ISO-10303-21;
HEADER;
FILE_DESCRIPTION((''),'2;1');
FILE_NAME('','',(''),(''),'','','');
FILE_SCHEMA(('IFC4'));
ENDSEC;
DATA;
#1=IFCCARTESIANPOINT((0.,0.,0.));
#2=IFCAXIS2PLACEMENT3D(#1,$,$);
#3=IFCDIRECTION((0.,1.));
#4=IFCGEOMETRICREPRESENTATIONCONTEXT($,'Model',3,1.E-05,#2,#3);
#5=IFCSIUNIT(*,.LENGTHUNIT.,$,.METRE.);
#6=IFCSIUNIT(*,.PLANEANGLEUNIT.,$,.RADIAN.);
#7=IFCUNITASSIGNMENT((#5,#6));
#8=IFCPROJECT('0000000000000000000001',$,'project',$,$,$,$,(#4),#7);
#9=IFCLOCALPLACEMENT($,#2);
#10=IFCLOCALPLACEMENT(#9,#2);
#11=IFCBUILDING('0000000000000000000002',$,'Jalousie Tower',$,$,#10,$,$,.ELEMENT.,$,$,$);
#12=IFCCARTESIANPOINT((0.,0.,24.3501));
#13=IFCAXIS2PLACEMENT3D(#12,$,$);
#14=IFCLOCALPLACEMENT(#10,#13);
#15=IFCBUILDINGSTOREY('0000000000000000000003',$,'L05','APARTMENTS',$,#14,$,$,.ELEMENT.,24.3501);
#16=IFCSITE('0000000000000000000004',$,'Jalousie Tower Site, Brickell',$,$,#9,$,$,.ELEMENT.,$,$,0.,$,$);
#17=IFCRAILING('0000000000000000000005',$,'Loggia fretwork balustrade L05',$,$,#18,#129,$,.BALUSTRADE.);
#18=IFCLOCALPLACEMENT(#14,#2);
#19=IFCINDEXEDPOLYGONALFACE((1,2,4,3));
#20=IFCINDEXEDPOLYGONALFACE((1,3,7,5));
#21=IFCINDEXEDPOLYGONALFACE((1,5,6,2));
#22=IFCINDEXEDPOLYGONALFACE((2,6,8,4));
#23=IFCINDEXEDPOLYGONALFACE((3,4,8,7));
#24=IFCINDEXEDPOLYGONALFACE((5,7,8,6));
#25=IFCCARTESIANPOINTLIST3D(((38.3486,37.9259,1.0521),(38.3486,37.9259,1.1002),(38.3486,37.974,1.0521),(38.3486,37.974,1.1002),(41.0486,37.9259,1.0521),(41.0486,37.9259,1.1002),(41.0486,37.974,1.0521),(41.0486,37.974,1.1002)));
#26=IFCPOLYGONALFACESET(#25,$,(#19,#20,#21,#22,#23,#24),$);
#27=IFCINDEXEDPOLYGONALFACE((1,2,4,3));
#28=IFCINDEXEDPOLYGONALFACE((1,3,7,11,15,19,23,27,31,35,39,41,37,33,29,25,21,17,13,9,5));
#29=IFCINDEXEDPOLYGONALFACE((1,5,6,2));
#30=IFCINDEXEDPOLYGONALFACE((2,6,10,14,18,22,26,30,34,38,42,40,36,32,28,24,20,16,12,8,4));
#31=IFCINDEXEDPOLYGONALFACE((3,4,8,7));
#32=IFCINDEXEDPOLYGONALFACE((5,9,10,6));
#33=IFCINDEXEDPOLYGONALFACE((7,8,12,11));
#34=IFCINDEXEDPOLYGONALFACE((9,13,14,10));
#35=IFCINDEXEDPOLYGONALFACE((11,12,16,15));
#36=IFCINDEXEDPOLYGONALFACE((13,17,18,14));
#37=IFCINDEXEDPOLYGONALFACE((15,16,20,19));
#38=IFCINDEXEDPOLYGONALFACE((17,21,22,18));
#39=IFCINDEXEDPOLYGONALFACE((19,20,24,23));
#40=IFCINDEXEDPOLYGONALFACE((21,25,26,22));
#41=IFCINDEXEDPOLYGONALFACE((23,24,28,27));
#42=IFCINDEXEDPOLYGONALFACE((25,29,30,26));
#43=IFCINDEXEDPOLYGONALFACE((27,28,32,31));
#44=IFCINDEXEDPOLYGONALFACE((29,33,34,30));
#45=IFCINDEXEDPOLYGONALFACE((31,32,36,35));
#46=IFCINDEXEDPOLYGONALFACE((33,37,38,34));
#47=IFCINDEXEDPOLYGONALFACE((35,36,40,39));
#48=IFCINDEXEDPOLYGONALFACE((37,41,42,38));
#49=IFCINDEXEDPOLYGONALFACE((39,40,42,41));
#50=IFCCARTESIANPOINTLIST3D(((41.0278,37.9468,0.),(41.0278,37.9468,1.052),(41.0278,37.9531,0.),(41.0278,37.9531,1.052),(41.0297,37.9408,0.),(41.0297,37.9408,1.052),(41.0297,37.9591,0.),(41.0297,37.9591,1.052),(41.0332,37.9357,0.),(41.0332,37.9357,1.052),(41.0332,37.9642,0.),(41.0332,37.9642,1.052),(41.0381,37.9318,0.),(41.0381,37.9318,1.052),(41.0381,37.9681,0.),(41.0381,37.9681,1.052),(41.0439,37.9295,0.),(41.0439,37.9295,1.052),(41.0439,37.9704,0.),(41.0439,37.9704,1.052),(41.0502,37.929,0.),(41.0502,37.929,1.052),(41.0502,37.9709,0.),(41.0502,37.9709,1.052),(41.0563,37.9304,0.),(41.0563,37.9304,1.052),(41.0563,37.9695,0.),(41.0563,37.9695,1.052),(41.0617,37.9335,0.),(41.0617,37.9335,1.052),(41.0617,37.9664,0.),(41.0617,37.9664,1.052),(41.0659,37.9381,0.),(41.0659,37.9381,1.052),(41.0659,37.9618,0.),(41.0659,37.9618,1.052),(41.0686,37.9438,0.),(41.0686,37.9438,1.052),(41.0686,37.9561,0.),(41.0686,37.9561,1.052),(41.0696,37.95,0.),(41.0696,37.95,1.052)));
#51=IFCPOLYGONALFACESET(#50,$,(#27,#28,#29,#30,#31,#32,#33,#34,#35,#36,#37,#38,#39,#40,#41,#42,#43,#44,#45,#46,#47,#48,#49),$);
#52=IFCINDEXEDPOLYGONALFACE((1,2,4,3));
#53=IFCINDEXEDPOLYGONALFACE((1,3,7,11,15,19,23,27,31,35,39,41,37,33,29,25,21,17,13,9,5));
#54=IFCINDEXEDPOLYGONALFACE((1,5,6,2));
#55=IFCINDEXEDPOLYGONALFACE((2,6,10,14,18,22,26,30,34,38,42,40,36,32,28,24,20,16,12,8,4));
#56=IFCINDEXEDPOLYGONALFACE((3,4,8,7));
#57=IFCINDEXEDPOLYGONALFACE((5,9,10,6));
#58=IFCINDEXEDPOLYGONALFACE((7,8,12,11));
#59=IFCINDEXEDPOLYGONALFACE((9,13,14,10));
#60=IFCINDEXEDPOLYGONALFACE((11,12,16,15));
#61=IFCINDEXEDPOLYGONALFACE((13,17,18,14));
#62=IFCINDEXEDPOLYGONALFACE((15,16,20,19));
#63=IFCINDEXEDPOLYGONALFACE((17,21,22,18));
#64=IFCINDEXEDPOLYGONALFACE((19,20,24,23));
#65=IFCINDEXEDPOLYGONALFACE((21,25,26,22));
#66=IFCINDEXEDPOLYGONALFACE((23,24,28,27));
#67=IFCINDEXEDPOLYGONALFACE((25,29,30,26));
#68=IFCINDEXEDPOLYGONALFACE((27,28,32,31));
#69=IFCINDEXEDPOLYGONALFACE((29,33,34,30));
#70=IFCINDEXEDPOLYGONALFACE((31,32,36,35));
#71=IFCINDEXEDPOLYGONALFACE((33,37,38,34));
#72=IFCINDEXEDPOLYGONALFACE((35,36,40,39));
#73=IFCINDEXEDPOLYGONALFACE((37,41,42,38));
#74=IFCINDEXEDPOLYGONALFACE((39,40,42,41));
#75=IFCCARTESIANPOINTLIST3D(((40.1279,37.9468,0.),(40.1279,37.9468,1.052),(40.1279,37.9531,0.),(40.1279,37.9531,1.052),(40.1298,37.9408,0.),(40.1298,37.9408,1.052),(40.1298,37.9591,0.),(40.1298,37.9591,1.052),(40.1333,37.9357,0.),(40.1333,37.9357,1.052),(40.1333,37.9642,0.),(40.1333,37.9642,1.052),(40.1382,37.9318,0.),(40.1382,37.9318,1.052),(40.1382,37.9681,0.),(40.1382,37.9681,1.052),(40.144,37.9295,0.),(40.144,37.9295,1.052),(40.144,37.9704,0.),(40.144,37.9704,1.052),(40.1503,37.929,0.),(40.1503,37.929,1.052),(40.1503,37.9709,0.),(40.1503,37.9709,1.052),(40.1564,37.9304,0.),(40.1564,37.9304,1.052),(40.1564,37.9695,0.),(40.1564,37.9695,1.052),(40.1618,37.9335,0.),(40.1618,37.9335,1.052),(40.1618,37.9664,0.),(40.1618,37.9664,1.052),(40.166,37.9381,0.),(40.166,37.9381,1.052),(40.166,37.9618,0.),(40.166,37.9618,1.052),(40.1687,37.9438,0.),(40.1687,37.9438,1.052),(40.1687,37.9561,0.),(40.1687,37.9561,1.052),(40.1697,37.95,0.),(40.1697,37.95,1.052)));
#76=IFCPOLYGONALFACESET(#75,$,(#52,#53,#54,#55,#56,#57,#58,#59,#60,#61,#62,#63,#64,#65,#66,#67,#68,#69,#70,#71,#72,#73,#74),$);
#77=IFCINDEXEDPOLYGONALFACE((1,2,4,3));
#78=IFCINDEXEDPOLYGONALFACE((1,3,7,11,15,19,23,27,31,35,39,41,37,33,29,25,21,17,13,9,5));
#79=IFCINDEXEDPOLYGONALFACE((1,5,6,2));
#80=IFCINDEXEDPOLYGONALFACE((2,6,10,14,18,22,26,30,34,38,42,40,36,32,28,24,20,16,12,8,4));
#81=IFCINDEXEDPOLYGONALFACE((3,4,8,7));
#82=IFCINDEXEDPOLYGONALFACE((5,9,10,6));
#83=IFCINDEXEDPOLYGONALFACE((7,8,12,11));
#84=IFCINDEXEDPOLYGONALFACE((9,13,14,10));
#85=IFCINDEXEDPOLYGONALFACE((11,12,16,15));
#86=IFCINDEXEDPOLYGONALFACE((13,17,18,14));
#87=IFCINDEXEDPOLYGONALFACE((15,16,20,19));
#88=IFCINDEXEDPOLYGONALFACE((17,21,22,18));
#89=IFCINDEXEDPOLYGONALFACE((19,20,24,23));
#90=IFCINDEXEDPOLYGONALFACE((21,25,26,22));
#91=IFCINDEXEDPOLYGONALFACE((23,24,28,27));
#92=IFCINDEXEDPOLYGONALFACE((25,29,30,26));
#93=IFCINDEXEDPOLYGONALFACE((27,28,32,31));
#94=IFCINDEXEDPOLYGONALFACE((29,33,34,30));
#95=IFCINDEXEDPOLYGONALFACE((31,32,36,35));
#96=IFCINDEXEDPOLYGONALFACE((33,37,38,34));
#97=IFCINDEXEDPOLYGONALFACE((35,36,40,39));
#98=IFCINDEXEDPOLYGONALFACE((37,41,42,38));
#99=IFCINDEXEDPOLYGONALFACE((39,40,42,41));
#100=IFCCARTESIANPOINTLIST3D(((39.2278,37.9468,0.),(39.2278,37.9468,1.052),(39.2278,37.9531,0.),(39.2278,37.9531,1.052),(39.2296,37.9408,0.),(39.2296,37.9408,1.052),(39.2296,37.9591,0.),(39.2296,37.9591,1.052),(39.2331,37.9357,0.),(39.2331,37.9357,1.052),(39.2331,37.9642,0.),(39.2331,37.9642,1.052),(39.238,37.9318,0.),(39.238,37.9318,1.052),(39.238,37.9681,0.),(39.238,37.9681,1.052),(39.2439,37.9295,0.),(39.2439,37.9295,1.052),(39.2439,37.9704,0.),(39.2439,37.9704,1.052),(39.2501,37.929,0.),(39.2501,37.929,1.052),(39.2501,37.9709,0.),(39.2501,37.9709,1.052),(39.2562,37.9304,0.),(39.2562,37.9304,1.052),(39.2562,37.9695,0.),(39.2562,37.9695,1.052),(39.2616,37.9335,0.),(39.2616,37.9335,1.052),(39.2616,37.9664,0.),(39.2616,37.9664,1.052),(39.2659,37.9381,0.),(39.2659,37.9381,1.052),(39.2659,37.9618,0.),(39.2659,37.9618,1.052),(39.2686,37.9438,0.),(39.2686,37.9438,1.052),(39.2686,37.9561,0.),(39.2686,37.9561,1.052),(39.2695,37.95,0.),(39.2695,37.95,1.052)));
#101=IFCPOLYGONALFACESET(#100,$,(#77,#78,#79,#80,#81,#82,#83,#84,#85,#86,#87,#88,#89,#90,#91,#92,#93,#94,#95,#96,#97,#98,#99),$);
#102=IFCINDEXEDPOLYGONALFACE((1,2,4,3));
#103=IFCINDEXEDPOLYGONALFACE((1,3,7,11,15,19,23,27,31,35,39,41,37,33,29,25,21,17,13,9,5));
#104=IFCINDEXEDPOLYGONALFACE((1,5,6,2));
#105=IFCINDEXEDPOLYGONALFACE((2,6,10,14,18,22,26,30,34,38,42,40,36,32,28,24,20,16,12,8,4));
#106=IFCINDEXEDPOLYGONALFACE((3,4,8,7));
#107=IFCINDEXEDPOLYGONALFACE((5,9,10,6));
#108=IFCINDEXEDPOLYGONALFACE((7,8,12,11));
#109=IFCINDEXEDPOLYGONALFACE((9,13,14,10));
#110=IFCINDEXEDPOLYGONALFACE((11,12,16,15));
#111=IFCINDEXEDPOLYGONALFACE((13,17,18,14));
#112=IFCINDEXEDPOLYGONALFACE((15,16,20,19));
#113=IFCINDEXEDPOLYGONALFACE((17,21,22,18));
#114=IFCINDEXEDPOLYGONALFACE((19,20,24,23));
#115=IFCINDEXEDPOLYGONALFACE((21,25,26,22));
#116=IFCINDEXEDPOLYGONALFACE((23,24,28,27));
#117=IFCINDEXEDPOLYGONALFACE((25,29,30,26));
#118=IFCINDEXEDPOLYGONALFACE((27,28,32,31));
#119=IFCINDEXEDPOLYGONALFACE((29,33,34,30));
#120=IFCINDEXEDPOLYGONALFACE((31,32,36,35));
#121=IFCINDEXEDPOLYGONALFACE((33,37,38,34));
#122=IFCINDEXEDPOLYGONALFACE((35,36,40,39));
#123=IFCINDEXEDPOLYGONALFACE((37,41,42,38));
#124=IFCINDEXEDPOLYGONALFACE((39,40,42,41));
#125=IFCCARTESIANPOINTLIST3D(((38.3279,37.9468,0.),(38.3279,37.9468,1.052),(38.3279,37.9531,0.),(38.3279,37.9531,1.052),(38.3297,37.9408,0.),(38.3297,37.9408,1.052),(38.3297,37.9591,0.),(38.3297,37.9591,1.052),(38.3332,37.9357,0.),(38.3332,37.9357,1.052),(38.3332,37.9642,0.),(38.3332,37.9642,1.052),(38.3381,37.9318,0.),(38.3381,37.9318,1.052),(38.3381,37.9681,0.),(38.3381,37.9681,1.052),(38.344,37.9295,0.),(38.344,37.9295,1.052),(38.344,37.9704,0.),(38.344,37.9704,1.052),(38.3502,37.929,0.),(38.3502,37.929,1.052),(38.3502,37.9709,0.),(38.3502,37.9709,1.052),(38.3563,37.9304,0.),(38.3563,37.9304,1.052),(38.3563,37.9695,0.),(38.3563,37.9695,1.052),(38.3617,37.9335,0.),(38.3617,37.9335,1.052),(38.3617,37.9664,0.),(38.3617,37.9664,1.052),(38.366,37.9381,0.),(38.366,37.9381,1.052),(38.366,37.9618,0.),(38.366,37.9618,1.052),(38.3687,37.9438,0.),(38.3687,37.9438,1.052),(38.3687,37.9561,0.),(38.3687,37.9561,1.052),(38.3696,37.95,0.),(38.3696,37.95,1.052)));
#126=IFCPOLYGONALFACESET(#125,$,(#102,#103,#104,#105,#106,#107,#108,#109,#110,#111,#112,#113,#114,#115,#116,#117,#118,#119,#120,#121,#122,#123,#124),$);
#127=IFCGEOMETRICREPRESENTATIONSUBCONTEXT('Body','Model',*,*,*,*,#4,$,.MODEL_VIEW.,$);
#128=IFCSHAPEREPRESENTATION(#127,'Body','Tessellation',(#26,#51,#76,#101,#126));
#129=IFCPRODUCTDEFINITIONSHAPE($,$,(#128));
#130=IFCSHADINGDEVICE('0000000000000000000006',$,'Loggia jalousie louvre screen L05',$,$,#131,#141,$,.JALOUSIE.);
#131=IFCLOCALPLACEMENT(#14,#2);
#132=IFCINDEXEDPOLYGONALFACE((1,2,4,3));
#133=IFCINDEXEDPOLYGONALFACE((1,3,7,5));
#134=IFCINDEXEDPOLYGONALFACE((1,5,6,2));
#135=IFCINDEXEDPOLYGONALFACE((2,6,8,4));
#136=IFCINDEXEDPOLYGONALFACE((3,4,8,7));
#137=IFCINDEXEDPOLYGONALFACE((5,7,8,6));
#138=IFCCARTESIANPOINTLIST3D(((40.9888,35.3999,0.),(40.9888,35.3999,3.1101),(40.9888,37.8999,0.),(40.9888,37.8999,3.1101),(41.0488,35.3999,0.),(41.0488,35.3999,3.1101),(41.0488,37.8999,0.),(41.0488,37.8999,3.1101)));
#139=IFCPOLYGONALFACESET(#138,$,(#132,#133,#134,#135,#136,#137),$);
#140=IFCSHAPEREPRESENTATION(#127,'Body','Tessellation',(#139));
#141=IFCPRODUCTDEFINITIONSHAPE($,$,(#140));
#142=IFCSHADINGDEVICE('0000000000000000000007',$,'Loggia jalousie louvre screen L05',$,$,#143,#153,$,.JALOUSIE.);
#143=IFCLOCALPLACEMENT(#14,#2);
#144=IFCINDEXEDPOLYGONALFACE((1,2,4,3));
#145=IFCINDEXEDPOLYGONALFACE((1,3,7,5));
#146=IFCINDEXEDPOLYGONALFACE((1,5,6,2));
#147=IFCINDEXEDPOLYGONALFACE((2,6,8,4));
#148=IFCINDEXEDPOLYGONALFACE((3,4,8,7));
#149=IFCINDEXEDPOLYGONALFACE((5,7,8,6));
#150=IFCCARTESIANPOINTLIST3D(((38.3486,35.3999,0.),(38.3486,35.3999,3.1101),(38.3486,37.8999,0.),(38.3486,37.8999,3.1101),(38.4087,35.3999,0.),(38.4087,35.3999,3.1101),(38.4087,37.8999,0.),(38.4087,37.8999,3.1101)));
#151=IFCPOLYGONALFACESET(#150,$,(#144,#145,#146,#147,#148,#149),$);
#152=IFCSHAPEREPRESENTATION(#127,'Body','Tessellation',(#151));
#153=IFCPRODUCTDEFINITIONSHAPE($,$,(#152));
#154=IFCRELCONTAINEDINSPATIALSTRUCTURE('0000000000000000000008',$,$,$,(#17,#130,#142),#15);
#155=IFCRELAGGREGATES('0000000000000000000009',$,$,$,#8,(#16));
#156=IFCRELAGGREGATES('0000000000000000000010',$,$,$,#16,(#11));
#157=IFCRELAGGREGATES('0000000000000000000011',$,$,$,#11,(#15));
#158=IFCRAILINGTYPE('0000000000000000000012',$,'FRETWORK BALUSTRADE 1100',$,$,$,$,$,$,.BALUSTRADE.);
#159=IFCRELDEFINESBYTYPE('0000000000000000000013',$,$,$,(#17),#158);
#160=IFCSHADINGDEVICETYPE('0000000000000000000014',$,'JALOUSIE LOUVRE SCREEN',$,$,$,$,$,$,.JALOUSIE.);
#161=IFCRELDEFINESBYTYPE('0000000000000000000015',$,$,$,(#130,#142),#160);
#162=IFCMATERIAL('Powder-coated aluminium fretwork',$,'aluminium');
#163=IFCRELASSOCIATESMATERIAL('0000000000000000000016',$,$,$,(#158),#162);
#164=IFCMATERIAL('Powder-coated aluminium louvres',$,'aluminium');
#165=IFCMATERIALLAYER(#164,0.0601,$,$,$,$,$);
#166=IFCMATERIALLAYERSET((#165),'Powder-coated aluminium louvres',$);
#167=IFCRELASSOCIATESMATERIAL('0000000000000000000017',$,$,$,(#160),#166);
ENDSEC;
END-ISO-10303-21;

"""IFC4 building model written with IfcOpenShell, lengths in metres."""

from ifc_helpers import new_model, si_unit, direction, frame, origin, origin_2d, place, context, subcontext, project, spatial, rectangle, circle, extrude, material, layer, layer_set, type_object, element, save


model = new_model("IFC4")

# Units and contexts
model_context = context("Model", 3, precision=1e-05, world=origin(), true_north=direction((0.0, 1.0)))
body_context = subcontext(model_context, "Body", "Model", "MODEL_VIEW")
ifc_project = project(units=[si_unit("LENGTHUNIT", "METRE"), si_unit("PLANEANGLEUNIT", "RADIAN")], contexts=[model_context])

# Site, building, storey
site_placement = place(None, origin())
site = spatial("IfcSite", under=ifc_project, at=site_placement, Name="Jalousie Tower Site, Brickell", CompositionType="ELEMENT", RefElevation=0.0)
building_placement = place(site_placement, origin())
building = spatial("IfcBuilding", under=site, at=building_placement, Name="Jalousie Tower", CompositionType="ELEMENT")
storey_placement = place(building_placement, frame((0.0, 0.0, 24.3501)))
storey = spatial("IfcBuildingStorey", under=building, at=storey_placement, Name="L05", Description="APARTMENTS", CompositionType="ELEMENT", Elevation=24.3501)

# Railing
ifc_material_1 = material(Name="Powder-coated aluminium fretwork", Category="aluminium")
railing_type = type_object("IfcRailingType", Name="FRETWORK BALUSTRADE 1100", PredefinedType="BALUSTRADE", material=ifc_material_1)
railing_placement = place(storey_placement, frame((41.0486, 37.95, 0.0)))
element("IfcRailing", 1, at=railing_placement, inside=storey, type_object=railing_type, Name="Loggia fretwork balustrade L05", PredefinedType="BALUSTRADE", context=body_context, shape_type="SweptSolid", body=[
    extrude(rectangle(XDim=0.0481, YDim=0.0481, at=origin_2d()), frame((0.0, 0.0, 1.0762), z_axis=(-1.0, 0.0, 0.0), x_axis=(0.0, -1.0, 0.0)), (0.0, 0.0, 1.0), 2.7),
    extrude(circle(Radius=0.021, at=origin_2d()), origin(), (0.0, 0.0, 1.0), 1.052),
    extrude(circle(Radius=0.021, at=origin_2d()), frame((-0.8999, 0.0, 0.0)), (0.0, 0.0, 1.0), 1.052),
    extrude(circle(Radius=0.021, at=origin_2d()), frame((-1.8, 0.0, 0.0)), (0.0, 0.0, 1.0), 1.052),
    extrude(circle(Radius=0.021, at=origin_2d()), frame((-2.7, 0.0, 0.0)), (0.0, 0.0, 1.0), 1.052),
])

# Shading devices
ifc_material_2 = material(Name="Powder-coated aluminium louvres", Category="aluminium")
ifc_layer_1 = layer(ifc_material_2, 0.0601)
ifc_layer_set_1 = layer_set([ifc_layer_1], Name="Powder-coated aluminium louvres")
shading_device_type_1 = type_object("IfcShadingDeviceType", Name="JALOUSIE LOUVRE SCREEN", PredefinedType="JALOUSIE", material=ifc_layer_set_1)
for number, where, z_axis, x_axis, name in (
    (2, (41.0188, 36.6499, 0.0), (0.0, 0.0, 1.0), (-1.0, 0.0, 0.0), "Loggia jalousie louvre screen L05"),
    (3, (38.3787, 36.6499, 0.0), (0.0, 0.0, 1.0), (-1.0, 0.0, 0.0), "Loggia jalousie louvre screen L05"),
):
    element("IfcShadingDevice", number, at=place(storey_placement, frame(where, z_axis=z_axis, x_axis=x_axis)), inside=storey, type_object=shading_device_type_1, Name=name, PredefinedType="JALOUSIE", context=body_context, shape_type="SweptSolid", body=[
        extrude(rectangle(XDim=0.0601, YDim=2.5, at=origin_2d()), origin(), (0.0, 0.0, 1.0), 3.1101),
    ])

save(model, "model.ifc")
